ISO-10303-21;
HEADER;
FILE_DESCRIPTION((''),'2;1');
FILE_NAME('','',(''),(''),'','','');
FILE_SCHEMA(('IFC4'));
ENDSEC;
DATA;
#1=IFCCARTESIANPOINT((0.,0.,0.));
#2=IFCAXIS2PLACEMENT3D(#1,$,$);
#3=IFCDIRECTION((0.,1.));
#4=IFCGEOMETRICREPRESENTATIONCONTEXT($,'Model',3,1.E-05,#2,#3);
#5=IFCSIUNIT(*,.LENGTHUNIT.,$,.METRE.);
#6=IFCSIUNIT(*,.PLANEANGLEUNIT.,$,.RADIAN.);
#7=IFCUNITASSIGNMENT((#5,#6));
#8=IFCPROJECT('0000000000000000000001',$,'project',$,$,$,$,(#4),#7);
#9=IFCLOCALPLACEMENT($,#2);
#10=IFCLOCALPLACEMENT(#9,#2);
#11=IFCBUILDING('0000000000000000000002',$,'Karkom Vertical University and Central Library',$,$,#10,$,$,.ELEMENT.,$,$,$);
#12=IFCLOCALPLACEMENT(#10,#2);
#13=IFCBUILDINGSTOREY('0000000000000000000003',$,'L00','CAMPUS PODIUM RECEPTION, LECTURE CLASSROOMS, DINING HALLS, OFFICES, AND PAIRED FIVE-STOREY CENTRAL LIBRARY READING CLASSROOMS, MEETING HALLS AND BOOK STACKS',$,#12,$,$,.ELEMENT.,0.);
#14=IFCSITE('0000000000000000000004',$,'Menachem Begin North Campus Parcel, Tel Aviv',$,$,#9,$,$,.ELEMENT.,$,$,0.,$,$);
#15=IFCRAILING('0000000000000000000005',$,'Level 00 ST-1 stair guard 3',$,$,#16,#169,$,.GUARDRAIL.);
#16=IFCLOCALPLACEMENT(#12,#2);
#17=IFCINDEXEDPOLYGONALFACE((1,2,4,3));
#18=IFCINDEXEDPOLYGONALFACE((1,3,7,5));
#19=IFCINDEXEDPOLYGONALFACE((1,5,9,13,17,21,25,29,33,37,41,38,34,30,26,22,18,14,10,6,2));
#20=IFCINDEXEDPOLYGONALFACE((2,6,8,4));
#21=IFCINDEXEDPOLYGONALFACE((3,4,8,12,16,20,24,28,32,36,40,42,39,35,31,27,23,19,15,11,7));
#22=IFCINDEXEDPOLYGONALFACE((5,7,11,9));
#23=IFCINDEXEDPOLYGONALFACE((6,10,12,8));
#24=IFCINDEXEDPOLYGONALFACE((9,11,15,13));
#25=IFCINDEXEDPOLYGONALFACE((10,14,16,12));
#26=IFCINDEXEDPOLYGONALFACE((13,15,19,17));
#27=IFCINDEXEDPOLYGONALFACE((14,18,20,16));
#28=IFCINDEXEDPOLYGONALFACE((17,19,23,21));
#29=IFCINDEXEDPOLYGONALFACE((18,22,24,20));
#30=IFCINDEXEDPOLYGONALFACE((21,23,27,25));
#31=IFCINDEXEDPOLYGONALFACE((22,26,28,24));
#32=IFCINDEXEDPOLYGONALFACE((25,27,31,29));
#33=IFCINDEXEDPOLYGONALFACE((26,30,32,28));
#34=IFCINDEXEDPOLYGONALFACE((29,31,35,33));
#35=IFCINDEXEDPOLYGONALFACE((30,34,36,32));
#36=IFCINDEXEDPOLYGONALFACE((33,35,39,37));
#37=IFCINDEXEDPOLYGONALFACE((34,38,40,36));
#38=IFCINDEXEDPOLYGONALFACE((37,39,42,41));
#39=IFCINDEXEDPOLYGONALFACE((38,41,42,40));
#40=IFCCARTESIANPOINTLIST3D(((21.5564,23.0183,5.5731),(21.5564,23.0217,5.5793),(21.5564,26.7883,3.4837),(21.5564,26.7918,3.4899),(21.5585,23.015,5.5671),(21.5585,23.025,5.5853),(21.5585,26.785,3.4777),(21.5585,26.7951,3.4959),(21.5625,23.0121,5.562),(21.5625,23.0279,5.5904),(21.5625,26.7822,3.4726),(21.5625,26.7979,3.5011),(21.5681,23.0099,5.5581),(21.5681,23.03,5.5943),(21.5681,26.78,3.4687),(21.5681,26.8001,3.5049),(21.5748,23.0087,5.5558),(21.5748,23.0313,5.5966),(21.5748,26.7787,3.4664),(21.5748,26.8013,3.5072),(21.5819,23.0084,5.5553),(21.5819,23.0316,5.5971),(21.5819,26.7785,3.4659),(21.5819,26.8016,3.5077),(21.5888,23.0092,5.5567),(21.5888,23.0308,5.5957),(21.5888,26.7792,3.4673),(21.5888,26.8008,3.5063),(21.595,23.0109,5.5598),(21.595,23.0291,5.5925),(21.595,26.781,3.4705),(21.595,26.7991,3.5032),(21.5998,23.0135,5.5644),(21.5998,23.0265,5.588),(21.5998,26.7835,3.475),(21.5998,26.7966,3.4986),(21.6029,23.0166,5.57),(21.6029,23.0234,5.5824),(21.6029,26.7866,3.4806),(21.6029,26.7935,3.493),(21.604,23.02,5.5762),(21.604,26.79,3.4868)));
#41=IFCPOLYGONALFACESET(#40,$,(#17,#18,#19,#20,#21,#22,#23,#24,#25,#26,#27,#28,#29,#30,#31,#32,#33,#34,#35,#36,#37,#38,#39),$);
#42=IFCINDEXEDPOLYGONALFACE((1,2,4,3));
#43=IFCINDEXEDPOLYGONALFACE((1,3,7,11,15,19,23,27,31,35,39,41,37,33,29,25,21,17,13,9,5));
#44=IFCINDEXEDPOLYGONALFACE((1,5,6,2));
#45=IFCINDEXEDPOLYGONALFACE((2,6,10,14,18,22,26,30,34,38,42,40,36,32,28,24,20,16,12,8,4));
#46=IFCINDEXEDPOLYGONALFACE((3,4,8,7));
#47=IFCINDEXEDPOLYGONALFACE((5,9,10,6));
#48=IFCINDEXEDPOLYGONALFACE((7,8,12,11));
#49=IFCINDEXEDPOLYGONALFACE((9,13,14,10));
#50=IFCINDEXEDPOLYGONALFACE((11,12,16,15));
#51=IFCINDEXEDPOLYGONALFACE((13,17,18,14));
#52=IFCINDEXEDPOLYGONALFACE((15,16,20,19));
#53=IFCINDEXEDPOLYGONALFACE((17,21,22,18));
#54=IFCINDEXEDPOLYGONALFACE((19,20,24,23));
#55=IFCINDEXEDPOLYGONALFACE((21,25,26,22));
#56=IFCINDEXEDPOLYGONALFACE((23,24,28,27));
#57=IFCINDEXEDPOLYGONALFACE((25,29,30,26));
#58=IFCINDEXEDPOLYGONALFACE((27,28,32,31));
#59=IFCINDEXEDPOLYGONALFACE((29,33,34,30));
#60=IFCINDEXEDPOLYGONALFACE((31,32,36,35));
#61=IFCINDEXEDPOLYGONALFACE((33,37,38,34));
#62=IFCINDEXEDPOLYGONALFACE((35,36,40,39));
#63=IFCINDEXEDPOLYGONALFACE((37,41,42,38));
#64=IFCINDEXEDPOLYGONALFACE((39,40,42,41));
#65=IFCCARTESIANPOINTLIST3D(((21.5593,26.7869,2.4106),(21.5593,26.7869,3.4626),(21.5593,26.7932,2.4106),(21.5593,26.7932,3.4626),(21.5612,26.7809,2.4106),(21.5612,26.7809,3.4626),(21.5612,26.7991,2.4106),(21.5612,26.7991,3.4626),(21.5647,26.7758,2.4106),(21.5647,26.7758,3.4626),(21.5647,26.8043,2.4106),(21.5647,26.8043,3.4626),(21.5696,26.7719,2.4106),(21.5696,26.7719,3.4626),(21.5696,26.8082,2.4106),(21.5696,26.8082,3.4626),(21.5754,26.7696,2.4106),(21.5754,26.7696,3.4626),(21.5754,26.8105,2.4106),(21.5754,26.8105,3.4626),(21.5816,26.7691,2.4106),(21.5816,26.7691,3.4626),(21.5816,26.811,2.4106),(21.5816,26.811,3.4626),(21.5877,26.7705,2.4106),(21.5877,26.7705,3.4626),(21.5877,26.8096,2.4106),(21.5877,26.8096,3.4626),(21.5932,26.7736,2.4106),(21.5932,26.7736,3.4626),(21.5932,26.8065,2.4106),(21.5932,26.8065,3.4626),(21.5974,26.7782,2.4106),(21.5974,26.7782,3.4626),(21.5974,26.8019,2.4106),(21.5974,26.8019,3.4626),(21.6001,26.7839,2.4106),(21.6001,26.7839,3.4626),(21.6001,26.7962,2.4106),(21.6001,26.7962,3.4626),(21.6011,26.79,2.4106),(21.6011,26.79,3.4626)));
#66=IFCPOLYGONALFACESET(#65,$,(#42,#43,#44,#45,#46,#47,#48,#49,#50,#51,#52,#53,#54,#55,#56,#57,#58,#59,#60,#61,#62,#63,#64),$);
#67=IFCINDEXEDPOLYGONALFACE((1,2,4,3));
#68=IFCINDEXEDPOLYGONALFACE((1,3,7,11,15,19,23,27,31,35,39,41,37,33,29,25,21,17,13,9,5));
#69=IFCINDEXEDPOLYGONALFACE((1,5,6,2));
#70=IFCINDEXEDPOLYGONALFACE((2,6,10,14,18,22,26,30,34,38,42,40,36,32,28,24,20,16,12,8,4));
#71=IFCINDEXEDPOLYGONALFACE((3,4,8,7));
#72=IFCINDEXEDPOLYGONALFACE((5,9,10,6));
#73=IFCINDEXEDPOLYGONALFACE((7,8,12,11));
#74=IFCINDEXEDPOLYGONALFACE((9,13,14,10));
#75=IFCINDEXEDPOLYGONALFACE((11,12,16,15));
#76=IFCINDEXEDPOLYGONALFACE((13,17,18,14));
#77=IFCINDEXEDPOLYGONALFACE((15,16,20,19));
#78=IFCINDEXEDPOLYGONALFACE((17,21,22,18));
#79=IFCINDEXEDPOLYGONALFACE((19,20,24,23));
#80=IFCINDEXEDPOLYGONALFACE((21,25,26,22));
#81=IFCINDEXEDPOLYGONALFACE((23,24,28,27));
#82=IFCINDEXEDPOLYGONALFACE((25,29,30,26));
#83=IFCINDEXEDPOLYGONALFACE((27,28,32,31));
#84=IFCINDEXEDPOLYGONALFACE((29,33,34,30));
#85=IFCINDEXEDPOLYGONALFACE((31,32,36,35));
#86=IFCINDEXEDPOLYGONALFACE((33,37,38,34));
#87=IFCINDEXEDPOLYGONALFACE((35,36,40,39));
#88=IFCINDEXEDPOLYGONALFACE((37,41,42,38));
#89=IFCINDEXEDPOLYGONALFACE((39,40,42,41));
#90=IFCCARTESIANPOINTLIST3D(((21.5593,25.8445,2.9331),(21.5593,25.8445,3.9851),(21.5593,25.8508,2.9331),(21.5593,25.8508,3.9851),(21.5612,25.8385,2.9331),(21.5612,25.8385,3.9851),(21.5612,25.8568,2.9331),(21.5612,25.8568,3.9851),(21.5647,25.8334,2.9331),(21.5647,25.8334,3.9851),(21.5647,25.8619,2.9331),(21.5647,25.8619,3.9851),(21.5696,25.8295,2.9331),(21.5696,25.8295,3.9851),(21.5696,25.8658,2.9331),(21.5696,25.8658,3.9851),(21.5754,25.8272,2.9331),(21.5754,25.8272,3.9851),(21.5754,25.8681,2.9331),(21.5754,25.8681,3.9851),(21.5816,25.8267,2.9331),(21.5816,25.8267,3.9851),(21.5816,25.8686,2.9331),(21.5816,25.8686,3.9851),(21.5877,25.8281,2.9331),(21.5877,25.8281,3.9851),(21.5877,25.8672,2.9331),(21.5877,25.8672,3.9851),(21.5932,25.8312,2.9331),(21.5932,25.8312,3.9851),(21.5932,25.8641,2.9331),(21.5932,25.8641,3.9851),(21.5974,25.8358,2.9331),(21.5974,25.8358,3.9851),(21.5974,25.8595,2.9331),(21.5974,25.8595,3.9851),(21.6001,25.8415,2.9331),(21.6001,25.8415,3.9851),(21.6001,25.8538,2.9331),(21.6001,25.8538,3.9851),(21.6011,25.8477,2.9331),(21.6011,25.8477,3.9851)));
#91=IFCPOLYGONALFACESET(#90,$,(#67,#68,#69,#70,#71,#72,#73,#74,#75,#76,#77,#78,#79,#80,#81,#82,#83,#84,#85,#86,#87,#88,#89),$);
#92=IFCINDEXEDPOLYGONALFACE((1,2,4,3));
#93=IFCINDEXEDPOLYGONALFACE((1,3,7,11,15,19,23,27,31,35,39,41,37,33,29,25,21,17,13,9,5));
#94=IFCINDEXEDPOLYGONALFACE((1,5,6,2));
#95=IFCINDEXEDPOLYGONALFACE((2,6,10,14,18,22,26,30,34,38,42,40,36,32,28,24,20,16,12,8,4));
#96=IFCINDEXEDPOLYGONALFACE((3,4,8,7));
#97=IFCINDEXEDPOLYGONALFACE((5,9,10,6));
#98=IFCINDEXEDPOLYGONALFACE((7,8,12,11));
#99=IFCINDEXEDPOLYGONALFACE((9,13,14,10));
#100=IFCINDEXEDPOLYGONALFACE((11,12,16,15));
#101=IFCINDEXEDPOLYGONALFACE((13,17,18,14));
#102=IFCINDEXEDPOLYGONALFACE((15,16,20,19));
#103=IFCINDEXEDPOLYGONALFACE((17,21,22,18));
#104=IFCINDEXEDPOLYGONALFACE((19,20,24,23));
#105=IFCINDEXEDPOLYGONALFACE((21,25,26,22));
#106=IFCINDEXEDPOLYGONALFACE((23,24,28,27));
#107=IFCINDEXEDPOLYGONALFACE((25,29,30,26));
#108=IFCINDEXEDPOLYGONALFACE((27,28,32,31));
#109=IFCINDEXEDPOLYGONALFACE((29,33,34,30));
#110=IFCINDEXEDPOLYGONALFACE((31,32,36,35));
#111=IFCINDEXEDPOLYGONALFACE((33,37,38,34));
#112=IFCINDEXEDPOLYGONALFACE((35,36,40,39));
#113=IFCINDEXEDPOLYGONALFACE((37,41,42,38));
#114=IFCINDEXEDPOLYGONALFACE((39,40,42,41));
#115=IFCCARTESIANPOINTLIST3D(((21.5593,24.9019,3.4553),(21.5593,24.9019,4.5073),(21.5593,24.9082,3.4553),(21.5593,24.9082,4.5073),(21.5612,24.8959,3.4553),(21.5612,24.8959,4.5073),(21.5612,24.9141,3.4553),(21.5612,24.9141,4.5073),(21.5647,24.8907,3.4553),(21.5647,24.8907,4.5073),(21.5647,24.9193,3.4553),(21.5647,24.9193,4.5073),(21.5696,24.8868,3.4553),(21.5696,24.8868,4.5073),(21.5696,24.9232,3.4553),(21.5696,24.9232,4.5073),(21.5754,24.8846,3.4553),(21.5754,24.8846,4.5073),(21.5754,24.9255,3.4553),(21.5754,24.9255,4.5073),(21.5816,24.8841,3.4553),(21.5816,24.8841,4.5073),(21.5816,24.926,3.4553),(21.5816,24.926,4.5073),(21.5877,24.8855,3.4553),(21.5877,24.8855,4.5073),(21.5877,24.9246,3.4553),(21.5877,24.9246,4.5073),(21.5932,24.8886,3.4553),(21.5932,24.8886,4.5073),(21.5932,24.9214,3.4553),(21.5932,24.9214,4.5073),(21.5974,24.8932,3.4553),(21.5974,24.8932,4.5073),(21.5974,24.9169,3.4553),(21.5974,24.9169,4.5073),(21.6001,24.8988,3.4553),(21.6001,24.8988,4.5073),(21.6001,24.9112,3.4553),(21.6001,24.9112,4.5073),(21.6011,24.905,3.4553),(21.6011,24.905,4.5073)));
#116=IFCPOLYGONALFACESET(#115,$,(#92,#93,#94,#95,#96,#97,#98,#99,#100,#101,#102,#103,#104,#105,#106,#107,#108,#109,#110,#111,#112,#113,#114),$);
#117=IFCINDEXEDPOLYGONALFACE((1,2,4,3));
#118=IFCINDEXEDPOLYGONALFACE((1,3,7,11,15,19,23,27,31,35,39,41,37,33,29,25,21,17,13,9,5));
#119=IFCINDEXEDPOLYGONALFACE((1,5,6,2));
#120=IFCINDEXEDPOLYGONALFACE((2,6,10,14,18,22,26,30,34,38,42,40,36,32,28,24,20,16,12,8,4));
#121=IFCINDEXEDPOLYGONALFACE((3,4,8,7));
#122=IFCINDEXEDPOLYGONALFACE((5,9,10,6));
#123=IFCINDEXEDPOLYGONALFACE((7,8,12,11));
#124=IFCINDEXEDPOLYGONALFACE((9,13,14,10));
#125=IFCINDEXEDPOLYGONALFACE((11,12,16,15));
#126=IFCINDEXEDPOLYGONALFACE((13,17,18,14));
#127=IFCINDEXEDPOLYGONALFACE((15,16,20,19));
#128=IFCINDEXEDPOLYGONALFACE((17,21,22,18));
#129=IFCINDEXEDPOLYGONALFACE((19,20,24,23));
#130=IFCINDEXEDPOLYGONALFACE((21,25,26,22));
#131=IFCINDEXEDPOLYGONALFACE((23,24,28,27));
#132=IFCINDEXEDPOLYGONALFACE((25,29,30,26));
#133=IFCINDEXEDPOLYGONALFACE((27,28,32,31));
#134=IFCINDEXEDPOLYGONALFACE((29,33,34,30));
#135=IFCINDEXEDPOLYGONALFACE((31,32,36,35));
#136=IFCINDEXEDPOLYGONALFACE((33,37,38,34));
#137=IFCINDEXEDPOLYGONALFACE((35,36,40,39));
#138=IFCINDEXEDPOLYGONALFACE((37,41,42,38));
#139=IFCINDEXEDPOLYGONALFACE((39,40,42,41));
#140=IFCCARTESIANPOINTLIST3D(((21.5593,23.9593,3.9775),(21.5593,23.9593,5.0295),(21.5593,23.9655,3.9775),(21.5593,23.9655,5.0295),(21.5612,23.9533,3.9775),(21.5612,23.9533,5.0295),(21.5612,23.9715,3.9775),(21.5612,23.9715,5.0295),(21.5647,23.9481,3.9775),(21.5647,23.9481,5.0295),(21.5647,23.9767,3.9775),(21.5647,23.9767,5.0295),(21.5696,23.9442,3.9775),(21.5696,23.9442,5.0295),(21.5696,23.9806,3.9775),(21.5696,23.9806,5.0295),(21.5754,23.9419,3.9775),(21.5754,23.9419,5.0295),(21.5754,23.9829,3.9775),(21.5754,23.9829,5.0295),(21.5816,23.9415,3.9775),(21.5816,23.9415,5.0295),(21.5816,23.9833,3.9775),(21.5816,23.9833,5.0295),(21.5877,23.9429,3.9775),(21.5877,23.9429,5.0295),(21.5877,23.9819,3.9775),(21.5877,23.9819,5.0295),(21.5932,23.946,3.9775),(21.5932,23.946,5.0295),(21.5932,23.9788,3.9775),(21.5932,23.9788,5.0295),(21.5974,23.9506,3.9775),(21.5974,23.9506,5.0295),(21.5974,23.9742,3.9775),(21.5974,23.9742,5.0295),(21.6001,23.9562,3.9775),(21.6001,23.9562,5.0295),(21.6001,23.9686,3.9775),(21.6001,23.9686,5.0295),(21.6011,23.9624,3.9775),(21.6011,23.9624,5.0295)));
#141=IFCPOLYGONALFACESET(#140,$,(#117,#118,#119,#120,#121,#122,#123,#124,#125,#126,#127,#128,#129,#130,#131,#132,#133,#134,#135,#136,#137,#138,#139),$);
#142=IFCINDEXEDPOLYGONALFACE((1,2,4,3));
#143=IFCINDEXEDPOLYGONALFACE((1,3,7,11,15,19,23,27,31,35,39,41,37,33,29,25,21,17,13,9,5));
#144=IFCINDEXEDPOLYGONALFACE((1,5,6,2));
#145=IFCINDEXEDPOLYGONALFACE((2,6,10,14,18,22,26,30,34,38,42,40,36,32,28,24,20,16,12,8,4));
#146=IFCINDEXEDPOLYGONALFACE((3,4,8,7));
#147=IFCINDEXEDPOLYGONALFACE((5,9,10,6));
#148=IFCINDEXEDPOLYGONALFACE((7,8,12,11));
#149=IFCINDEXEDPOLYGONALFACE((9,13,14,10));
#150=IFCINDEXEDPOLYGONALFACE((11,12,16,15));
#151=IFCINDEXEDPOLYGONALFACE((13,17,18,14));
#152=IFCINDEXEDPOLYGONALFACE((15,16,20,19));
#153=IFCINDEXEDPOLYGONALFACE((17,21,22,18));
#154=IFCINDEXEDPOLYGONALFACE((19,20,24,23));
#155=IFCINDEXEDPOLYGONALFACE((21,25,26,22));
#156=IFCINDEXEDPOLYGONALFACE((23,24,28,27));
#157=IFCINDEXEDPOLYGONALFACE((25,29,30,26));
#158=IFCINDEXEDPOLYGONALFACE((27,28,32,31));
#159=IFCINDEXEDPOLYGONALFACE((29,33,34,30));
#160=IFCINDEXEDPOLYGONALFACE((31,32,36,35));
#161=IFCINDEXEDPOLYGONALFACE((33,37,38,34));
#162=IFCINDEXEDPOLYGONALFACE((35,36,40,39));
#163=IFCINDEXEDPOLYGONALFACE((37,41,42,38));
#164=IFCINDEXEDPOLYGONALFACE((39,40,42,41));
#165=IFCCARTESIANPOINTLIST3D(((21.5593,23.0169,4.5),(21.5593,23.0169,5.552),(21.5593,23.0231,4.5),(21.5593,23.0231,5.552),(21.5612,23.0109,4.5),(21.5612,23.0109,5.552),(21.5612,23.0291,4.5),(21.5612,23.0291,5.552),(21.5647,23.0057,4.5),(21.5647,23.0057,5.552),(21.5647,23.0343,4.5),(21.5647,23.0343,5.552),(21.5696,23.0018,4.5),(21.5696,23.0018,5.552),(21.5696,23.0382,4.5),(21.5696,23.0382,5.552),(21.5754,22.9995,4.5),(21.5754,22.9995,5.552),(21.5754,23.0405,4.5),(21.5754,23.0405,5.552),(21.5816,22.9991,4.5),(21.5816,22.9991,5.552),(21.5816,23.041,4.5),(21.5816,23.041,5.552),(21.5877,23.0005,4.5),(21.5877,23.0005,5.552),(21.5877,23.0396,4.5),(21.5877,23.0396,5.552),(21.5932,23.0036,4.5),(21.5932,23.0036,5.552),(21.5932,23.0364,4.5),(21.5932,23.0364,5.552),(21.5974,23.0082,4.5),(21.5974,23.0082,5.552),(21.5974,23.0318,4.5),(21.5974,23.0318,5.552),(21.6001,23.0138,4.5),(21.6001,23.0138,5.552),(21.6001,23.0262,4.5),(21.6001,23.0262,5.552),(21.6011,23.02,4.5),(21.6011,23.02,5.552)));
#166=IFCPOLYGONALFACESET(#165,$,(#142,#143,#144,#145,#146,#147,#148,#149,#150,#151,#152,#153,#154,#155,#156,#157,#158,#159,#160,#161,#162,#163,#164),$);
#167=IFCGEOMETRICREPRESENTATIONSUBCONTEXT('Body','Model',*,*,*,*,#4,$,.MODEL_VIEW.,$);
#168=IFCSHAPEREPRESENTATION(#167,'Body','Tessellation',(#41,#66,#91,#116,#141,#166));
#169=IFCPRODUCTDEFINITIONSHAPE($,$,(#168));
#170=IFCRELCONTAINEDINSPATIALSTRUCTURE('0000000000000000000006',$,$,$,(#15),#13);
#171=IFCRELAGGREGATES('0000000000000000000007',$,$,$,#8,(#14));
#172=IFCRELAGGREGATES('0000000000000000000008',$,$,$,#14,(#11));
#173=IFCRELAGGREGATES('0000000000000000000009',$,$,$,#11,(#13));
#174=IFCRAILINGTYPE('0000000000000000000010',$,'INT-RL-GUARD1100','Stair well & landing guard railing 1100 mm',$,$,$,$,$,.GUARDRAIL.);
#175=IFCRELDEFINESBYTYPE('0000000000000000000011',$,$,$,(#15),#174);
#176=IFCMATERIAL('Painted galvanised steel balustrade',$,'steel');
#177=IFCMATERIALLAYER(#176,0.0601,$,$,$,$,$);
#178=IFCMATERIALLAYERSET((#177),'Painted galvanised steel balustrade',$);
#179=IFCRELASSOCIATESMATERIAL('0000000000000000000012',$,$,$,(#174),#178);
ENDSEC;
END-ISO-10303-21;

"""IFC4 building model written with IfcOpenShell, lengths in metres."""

from ifc_helpers import new_model, si_unit, direction, frame, origin, origin_2d, place, context, subcontext, project, spatial, circle, extrude, material, layer, layer_set, type_object, element, save


model = new_model("IFC4")

# Units and contexts
model_context = context("Model", 3, precision=1e-05, world=origin(), true_north=direction((0.0, 1.0)))
body_context = subcontext(model_context, "Body", "Model", "MODEL_VIEW")
ifc_project = project(units=[si_unit("LENGTHUNIT", "METRE"), si_unit("PLANEANGLEUNIT", "RADIAN")], contexts=[model_context])

# Site, building, storey
site_placement = place(None, origin())
site = spatial("IfcSite", under=ifc_project, at=site_placement, Name="Menachem Begin North Campus Parcel, Tel Aviv", CompositionType="ELEMENT", RefElevation=0.0)
building_placement = place(site_placement, origin())
building = spatial("IfcBuilding", under=site, at=building_placement, Name="Karkom Vertical University and Central Library", CompositionType="ELEMENT")
storey_placement = place(building_placement, origin())
storey = spatial("IfcBuildingStorey", under=building, at=storey_placement, Name="L00", Description="CAMPUS PODIUM RECEPTION, LECTURE CLASSROOMS, DINING HALLS, OFFICES, AND PAIRED FIVE-STOREY CENTRAL LIBRARY READING CLASSROOMS, MEETING HALLS AND BOOK STACKS", CompositionType="ELEMENT", Elevation=0.0)

# Railing
ifc_material_1 = material(Name="Painted galvanised steel balustrade", Category="steel")
ifc_layer_1 = layer(ifc_material_1, 0.0601)
ifc_layer_set_1 = layer_set([ifc_layer_1], Name="Painted galvanised steel balustrade")
railing_type_1 = type_object("IfcRailingType", Name="INT-RL-GUARD1100", Description="Stair well & landing guard railing 1100 mm", PredefinedType="GUARDRAIL", material=ifc_layer_set_1)
railing_1_placement = place(storey_placement, frame((21.5801, 26.79, 2.4106)))
element("IfcRailing", 1, at=railing_1_placement, inside=storey, type_object=railing_type_1, Name="Level 00 ST-1 stair guard 3", PredefinedType="GUARDRAIL", context=body_context, shape_type="SweptSolid", body=[
    extrude(circle(Radius=0.0239, at=origin_2d()), frame((0.0, 0.0, 1.0762), z_axis=(0.0, -0.874659, 0.484739), x_axis=(1.0, 0.0, 0.0)), (0.0, 0.0, 1.0), 4.3103),
    extrude(circle(Radius=0.021, at=origin_2d()), origin(), (0.0, 0.0, 1.0), 1.052),
    extrude(circle(Radius=0.021, at=origin_2d()), frame((0.0, -0.9424, 0.5225)), (0.0, 0.0, 1.0), 1.052),
    extrude(circle(Radius=0.021, at=origin_2d()), frame((0.0, -1.885, 1.0447)), (0.0, 0.0, 1.0), 1.052),
    extrude(circle(Radius=0.021, at=origin_2d()), frame((0.0, -2.8276, 1.5669)), (0.0, 0.0, 1.0), 1.052),
    extrude(circle(Radius=0.021, at=origin_2d()), frame((0.0, -3.77, 2.0894)), (0.0, 0.0, 1.0), 1.052),
])

save(model, "model.ifc")
